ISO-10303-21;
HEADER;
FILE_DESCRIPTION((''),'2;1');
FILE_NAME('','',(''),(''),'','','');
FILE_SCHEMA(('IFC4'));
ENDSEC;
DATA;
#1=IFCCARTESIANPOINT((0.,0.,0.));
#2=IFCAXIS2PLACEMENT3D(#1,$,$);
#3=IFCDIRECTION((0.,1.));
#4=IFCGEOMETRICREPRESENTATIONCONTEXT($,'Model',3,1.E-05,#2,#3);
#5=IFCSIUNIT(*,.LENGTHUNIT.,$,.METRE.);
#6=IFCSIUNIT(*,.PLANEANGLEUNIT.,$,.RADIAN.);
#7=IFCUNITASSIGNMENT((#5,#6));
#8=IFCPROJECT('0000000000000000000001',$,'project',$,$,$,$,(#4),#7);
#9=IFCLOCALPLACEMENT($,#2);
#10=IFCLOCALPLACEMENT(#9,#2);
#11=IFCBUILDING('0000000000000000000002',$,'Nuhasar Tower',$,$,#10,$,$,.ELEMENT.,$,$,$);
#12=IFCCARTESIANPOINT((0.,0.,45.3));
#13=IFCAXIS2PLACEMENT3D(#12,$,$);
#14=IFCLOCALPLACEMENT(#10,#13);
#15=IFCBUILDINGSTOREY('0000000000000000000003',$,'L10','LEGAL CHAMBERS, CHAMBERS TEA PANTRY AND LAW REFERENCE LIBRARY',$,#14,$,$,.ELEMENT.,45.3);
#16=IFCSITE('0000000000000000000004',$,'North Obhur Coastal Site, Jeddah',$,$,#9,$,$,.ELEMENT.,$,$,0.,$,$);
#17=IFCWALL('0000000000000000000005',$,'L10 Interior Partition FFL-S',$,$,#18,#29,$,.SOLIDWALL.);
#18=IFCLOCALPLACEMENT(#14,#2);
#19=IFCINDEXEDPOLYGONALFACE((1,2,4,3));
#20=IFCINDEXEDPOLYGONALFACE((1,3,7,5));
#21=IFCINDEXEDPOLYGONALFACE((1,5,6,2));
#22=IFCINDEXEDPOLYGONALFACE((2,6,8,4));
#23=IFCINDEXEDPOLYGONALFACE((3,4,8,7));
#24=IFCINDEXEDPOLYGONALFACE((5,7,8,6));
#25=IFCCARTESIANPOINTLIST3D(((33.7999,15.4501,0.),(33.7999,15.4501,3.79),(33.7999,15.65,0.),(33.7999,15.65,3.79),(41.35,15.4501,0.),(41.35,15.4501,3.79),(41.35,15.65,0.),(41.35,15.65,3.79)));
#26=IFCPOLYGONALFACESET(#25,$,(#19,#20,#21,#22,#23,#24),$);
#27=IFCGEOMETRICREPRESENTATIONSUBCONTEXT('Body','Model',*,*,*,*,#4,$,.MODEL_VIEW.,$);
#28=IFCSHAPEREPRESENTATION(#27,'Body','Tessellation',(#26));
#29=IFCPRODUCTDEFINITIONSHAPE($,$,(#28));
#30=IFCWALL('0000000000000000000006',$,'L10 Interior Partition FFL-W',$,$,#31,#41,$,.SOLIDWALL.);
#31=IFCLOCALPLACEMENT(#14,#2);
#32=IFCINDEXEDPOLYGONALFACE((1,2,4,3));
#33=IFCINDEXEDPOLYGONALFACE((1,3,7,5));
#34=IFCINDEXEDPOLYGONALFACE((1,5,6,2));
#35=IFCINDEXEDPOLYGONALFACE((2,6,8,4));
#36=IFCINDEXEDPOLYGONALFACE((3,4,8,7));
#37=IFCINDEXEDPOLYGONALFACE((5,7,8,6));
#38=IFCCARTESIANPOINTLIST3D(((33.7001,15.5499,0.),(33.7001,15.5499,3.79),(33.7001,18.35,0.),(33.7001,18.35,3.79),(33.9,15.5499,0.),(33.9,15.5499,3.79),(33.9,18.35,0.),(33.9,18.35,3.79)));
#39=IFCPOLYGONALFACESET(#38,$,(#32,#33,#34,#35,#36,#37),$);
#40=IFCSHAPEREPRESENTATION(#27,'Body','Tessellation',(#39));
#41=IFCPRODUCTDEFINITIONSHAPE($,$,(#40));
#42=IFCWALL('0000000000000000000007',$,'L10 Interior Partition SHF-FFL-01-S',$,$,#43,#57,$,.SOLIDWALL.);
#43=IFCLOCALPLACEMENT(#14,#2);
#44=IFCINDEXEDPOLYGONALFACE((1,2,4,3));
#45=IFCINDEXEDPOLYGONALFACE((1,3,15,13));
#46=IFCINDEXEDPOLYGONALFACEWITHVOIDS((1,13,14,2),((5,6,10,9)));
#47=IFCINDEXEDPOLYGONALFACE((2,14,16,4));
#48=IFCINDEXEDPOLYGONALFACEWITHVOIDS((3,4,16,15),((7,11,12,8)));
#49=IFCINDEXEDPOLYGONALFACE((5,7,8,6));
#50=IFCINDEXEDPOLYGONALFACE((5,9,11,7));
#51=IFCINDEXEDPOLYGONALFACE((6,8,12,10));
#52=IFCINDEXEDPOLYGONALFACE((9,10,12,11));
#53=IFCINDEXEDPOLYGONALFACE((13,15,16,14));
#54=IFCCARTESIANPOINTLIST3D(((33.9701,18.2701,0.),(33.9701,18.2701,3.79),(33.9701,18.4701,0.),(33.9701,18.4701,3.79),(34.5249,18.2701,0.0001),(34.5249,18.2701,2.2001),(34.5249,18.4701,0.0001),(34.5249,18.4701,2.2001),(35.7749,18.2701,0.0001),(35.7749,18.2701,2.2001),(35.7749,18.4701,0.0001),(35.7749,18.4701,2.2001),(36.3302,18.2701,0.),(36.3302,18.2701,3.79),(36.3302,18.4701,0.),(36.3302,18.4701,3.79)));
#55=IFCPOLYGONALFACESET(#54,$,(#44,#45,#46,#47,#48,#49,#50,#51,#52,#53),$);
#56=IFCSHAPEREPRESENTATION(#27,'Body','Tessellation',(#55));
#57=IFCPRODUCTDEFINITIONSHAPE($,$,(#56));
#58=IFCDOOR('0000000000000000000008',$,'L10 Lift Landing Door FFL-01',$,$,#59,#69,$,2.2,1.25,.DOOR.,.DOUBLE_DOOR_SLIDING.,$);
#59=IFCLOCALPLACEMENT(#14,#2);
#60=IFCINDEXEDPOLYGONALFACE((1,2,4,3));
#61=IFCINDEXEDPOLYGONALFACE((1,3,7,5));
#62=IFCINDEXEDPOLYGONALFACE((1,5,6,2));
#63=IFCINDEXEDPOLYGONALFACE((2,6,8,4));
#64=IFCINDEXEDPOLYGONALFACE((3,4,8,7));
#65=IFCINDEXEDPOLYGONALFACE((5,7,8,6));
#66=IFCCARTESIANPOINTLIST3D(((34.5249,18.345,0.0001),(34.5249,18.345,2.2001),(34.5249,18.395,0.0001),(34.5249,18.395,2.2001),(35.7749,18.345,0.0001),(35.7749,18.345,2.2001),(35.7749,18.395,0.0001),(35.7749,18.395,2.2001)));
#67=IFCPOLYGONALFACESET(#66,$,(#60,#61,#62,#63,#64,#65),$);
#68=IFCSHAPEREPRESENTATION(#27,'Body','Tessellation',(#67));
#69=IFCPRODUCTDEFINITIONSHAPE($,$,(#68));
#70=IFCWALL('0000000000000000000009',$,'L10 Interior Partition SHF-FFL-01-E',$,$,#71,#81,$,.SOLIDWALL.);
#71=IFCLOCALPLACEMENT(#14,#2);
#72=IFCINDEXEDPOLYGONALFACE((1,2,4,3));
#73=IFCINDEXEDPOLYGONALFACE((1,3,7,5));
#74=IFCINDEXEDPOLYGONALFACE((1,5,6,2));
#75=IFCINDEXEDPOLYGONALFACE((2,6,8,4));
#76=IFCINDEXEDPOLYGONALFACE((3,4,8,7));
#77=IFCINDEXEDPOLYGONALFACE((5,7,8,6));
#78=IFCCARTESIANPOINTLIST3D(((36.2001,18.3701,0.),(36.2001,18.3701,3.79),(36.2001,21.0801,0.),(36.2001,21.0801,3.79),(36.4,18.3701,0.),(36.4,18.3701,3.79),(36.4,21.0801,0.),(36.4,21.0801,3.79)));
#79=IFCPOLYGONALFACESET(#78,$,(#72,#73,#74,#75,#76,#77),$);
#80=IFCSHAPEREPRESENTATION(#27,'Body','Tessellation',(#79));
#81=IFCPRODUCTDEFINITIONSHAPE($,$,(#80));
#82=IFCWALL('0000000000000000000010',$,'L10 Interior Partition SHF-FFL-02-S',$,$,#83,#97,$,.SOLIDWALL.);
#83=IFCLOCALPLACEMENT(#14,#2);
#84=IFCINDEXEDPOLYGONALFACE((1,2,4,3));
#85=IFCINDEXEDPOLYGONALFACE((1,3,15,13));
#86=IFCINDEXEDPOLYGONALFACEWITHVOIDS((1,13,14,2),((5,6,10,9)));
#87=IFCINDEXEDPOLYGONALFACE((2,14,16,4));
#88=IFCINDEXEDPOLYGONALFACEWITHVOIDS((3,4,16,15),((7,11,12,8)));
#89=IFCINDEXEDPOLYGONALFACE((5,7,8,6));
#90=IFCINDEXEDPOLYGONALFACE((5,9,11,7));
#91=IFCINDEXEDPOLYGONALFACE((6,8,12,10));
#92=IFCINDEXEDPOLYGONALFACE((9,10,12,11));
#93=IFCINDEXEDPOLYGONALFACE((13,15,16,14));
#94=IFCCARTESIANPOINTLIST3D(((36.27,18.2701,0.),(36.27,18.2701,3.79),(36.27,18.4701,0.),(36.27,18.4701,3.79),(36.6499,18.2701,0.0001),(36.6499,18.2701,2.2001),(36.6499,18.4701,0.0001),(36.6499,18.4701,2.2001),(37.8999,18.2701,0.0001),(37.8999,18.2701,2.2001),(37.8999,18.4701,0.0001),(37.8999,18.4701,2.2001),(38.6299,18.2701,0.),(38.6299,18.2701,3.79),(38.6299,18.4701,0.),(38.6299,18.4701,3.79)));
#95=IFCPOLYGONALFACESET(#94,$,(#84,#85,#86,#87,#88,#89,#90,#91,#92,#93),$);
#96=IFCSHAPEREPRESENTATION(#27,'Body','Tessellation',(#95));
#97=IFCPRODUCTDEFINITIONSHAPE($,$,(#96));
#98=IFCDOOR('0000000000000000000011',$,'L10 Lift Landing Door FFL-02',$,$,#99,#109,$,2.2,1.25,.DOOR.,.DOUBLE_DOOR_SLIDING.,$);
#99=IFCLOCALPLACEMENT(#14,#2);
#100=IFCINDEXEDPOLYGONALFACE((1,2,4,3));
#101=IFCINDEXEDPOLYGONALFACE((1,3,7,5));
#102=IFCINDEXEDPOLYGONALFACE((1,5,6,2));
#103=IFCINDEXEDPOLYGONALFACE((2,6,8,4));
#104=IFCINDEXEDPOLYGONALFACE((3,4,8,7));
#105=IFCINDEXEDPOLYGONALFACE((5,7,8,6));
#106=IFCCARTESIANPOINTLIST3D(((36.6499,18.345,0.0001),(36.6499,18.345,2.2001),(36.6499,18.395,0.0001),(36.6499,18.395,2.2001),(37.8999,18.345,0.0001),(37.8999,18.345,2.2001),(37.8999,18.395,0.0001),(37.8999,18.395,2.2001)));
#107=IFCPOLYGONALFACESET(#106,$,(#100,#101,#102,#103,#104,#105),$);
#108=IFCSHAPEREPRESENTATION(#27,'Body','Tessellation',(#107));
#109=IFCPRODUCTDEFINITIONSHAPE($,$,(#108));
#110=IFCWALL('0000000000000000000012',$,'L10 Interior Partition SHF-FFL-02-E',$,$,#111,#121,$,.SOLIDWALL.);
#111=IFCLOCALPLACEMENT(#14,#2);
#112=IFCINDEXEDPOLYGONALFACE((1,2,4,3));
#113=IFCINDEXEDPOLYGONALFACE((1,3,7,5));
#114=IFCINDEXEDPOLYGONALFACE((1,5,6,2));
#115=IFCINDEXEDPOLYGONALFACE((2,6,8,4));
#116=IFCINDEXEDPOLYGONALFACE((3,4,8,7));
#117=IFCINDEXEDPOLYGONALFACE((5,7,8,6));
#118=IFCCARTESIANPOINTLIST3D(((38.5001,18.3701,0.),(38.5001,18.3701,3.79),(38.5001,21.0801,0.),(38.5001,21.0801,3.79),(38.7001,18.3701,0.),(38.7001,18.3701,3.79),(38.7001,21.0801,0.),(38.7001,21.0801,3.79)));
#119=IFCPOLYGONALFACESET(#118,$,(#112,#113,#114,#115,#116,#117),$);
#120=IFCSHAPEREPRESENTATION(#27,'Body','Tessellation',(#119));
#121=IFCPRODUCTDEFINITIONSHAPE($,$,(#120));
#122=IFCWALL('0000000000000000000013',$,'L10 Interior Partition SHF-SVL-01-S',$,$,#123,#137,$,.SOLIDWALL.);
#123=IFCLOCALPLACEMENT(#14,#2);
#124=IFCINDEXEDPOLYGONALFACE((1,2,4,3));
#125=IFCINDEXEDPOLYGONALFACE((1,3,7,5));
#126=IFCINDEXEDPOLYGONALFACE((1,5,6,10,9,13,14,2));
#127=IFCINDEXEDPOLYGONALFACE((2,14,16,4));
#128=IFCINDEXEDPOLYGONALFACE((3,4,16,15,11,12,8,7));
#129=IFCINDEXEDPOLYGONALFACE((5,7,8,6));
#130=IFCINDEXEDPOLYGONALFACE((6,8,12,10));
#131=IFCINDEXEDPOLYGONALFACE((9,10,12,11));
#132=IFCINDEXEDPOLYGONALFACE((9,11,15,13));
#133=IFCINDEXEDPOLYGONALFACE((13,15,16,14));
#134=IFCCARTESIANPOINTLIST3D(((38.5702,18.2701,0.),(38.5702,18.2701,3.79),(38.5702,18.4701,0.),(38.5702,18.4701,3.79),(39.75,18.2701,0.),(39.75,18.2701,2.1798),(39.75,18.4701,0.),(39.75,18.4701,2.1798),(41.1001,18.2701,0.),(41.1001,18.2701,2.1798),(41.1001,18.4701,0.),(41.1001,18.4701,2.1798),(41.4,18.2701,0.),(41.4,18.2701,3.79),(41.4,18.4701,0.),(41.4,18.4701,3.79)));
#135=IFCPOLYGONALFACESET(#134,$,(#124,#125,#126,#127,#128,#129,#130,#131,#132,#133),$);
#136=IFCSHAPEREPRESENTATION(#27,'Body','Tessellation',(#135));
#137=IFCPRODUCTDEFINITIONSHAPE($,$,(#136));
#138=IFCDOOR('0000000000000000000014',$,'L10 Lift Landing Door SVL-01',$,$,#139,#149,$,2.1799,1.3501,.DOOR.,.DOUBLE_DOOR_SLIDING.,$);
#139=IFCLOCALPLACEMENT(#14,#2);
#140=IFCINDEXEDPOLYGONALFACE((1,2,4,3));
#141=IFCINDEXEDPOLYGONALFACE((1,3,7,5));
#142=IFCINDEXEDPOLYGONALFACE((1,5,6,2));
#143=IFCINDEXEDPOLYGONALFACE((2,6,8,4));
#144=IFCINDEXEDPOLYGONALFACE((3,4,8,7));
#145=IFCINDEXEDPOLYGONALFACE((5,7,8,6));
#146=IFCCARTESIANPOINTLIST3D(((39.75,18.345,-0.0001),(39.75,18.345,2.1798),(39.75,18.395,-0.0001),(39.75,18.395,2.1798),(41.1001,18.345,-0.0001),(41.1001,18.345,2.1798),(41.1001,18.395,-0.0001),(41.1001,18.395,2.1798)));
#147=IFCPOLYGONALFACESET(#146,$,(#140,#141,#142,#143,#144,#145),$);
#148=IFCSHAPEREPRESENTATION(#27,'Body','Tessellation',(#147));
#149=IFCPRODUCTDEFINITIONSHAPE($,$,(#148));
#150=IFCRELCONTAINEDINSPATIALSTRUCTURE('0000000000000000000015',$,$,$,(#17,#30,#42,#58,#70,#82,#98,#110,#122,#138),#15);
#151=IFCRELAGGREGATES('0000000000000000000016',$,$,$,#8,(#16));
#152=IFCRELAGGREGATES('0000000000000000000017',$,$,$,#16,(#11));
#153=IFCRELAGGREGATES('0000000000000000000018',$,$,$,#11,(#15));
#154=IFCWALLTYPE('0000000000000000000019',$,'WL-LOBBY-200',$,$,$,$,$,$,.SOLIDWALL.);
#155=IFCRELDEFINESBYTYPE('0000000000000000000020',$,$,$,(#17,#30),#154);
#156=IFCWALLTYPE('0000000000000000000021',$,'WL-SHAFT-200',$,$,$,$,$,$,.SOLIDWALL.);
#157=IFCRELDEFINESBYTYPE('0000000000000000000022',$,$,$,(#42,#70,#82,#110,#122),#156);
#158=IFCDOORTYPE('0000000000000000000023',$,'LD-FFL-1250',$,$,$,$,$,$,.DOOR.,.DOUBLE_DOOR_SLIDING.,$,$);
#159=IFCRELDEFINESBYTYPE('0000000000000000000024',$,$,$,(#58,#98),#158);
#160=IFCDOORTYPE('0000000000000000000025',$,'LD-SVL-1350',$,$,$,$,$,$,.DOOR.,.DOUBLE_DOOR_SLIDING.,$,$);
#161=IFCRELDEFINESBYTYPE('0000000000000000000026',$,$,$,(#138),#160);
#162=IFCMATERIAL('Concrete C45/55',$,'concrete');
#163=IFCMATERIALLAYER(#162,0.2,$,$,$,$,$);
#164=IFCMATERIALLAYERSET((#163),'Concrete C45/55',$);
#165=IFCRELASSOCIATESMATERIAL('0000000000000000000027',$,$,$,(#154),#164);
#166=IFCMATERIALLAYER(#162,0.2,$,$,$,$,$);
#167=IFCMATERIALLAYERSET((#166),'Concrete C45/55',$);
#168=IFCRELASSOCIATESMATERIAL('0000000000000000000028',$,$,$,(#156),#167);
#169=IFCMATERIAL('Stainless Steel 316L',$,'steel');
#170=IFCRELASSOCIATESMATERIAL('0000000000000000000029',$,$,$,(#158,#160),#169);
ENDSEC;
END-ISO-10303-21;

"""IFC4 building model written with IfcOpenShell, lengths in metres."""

from ifc_helpers import new_model, si_unit, direction, frame, frame_2d, origin, place, context, subcontext, project, spatial, rectangle, extrude, material, layer, layer_set, type_object, element, fill, save


model = new_model("IFC4")

# Units and contexts
model_context = context("Model", 3, precision=1e-05, world=origin(), true_north=direction((0.0, 1.0)))
body_context = subcontext(model_context, "Body", "Model", "MODEL_VIEW")
ifc_project = project(units=[si_unit("LENGTHUNIT", "METRE"), si_unit("PLANEANGLEUNIT", "RADIAN")], contexts=[model_context])

# Site, building, storey
site_placement = place(None, origin())
site = spatial("IfcSite", under=ifc_project, at=site_placement, Name="North Obhur Coastal Site, Jeddah", CompositionType="ELEMENT", RefElevation=0.0)
building_placement = place(site_placement, origin())
building = spatial("IfcBuilding", under=site, at=building_placement, Name="Nuhasar Tower", CompositionType="ELEMENT")
storey_placement = place(building_placement, frame((0.0, 0.0, 45.3)))
storey = spatial("IfcBuildingStorey", under=building, at=storey_placement, Name="L10", Description="LEGAL CHAMBERS, CHAMBERS TEA PANTRY AND LAW REFERENCE LIBRARY", CompositionType="ELEMENT", Elevation=45.3)

# Walls
ifc_material_1 = material(Name="Concrete C45/55", Category="concrete")
ifc_layer_1 = layer(ifc_material_1, 0.2)
ifc_layer_set_1 = layer_set([ifc_layer_1], Name="Concrete C45/55")
wall_type_1 = type_object("IfcWallType", Name="WL-LOBBY-200", PredefinedType="SOLIDWALL", material=ifc_layer_set_1)
wall_1_placement = place(storey_placement, frame((33.8, 15.55, 0.0), z_axis=(0.0, 0.0, 1.0), x_axis=(1.0, 0.0, 0.0)))
element("IfcWall", 1, at=wall_1_placement, inside=storey, type_object=wall_type_1, Name="L10 Interior Partition FFL-S", PredefinedType="SOLIDWALL", context=body_context, shape_type="SweptSolid", body=[
    extrude(rectangle(XDim=7.55, YDim=0.2, at=frame_2d((3.7749, 0.0))), origin(), (0.0, 0.0, 1.0), 3.79),
])
wall_2_placement = place(storey_placement, frame((33.8, 15.55, 0.0), z_axis=(0.0, 0.0, 1.0), x_axis=(0.0, 1.0, 0.0)))
element("IfcWall", 2, at=wall_2_placement, inside=storey, type_object=wall_type_1, Name="L10 Interior Partition FFL-W", PredefinedType="SOLIDWALL", context=body_context, shape_type="SweptSolid", body=[
    extrude(rectangle(XDim=2.8, YDim=0.2, at=frame_2d((1.3999, 0.0))), origin(), (0.0, 0.0, 1.0), 3.79),
])

# Wall, opening, door
ifc_layer_2 = layer(ifc_material_1, 0.2)
ifc_layer_set_2 = layer_set([ifc_layer_2], Name="Concrete C45/55")
wall_type_2 = type_object("IfcWallType", Name="WL-SHAFT-200", PredefinedType="SOLIDWALL", material=ifc_layer_set_2)
wall_3_placement = place(storey_placement, frame((33.97, 18.3701, 0.0), z_axis=(0.0, 0.0, 1.0), x_axis=(1.0, 0.0, 0.0)))
wall_3 = element("IfcWall", 3, at=wall_3_placement, inside=storey, type_object=wall_type_2, Name="L10 Interior Partition SHF-FFL-01-S", PredefinedType="SOLIDWALL", context=body_context, shape_type="SweptSolid", body=[
    extrude(rectangle(XDim=2.3601, YDim=0.2, at=frame_2d((1.1802, 0.0))), origin(), (0.0, 0.0, 1.0), 3.79),
])
opening_1_placement = place(wall_3_placement, frame((0.5549, 0.0, 0.0)))
opening_1 = element("IfcOpeningElement", 4, at=opening_1_placement, cuts=wall_3, PredefinedType="OPENING", context=body_context, shape_type="SweptSolid", body=[
    extrude(rectangle(XDim=1.25, YDim=2.2, at=frame_2d((0.625, 1.1001))), frame((0.0, 0.1099, 0.0), z_axis=(0.0, -1.0, 0.0), x_axis=(1.0, 0.0, 0.0)), (0.0, 0.0, 1.0), 0.22),
])
ifc_material_2 = material(Name="Stainless Steel 316L", Category="steel")
door_type_1 = type_object("IfcDoorType", Name="LD-FFL-1250", OperationType="DOUBLE_DOOR_SLIDING", PredefinedType="DOOR", material=ifc_material_2)
door_1_placement = place(opening_1_placement, origin())
door_1 = element("IfcDoor", 5, at=door_1_placement, inside=storey, type_object=door_type_1, Name="L10 Lift Landing Door FFL-01", OperationType="DOUBLE_DOOR_SLIDING", OverallHeight=2.2, OverallWidth=1.25, PredefinedType="DOOR", context=body_context, shape_type="SweptSolid", body=[
    extrude(rectangle(XDim=1.25, YDim=2.2, at=frame_2d((0.625, 1.1001))), frame((0.0, 0.0249, 0.0), z_axis=(0.0, -1.0, 0.0), x_axis=(1.0, 0.0, 0.0)), (0.0, 0.0, 1.0), 0.05),
])
fill(opening_1, door_1)

# Wall
wall_4_placement = place(storey_placement, frame((36.3, 18.3701, 0.0), z_axis=(0.0, 0.0, 1.0), x_axis=(0.0, 1.0, 0.0)))
element("IfcWall", 6, at=wall_4_placement, inside=storey, type_object=wall_type_2, Name="L10 Interior Partition SHF-FFL-01-E", PredefinedType="SOLIDWALL", context=body_context, shape_type="SweptSolid", body=[
    extrude(rectangle(XDim=2.71, YDim=0.2, at=frame_2d((1.355, 0.0))), origin(), (0.0, 0.0, 1.0), 3.79),
])

# Wall, opening, door
wall_5_placement = place(storey_placement, frame((36.27, 18.3701, 0.0), z_axis=(0.0, 0.0, 1.0), x_axis=(1.0, 0.0, 0.0)))
wall_5 = element("IfcWall", 7, at=wall_5_placement, inside=storey, type_object=wall_type_2, Name="L10 Interior Partition SHF-FFL-02-S", PredefinedType="SOLIDWALL", context=body_context, shape_type="SweptSolid", body=[
    extrude(rectangle(XDim=2.3599, YDim=0.2, at=frame_2d((1.1799, 0.0))), origin(), (0.0, 0.0, 1.0), 3.79),
])
opening_2_placement = place(wall_5_placement, frame((0.3799, 0.0, 0.0)))
opening_2 = element("IfcOpeningElement", 8, at=opening_2_placement, cuts=wall_5, PredefinedType="OPENING", context=body_context, shape_type="SweptSolid", body=[
    extrude(rectangle(XDim=1.25, YDim=2.2, at=frame_2d((0.625, 1.1001))), frame((0.0, 0.1099, 0.0), z_axis=(0.0, -1.0, 0.0), x_axis=(1.0, 0.0, 0.0)), (0.0, 0.0, 1.0), 0.22),
])
door_2_placement = place(opening_2_placement, origin())
door_2 = element("IfcDoor", 9, at=door_2_placement, inside=storey, type_object=door_type_1, Name="L10 Lift Landing Door FFL-02", OperationType="DOUBLE_DOOR_SLIDING", OverallHeight=2.2, OverallWidth=1.25, PredefinedType="DOOR", context=body_context, shape_type="SweptSolid", body=[
    extrude(rectangle(XDim=1.25, YDim=2.2, at=frame_2d((0.625, 1.1001))), frame((0.0, 0.0249, 0.0), z_axis=(0.0, -1.0, 0.0), x_axis=(1.0, 0.0, 0.0)), (0.0, 0.0, 1.0), 0.05),
])
fill(opening_2, door_2)

# Wall
wall_6_placement = place(storey_placement, frame((38.6001, 18.3701, 0.0), z_axis=(0.0, 0.0, 1.0), x_axis=(0.0, 1.0, 0.0)))
element("IfcWall", 10, at=wall_6_placement, inside=storey, type_object=wall_type_2, Name="L10 Interior Partition SHF-FFL-02-E", PredefinedType="SOLIDWALL", context=body_context, shape_type="SweptSolid", body=[
    extrude(rectangle(XDim=2.71, YDim=0.2, at=frame_2d((1.355, 0.0))), origin(), (0.0, 0.0, 1.0), 3.79),
])

# Wall, opening, door
wall_7_placement = place(storey_placement, frame((38.5701, 18.3701, 0.0), z_axis=(0.0, 0.0, 1.0), x_axis=(1.0, 0.0, 0.0)))
wall_7 = element("IfcWall", 11, at=wall_7_placement, inside=storey, type_object=wall_type_2, Name="L10 Interior Partition SHF-SVL-01-S", PredefinedType="SOLIDWALL", context=body_context, shape_type="SweptSolid", body=[
    extrude(rectangle(XDim=2.8298, YDim=0.2, at=frame_2d((1.415, 0.0))), origin(), (0.0, 0.0, 1.0), 3.79),
])
opening_3_placement = place(wall_7_placement, frame((1.1799, 0.0, 0.0)))
opening_3 = element("IfcOpeningElement", 12, at=opening_3_placement, cuts=wall_7, PredefinedType="OPENING", context=body_context, shape_type="SweptSolid", body=[
    extrude(rectangle(XDim=1.3501, YDim=2.1799, at=frame_2d((0.675, 1.0898))), frame((0.0, 0.1099, 0.0), z_axis=(0.0, -1.0, 0.0), x_axis=(1.0, 0.0, 0.0)), (0.0, 0.0, 1.0), 0.22),
])
door_type_2 = type_object("IfcDoorType", Name="LD-SVL-1350", OperationType="DOUBLE_DOOR_SLIDING", PredefinedType="DOOR", material=ifc_material_2)
door_3_placement = place(opening_3_placement, origin())
door_3 = element("IfcDoor", 13, at=door_3_placement, inside=storey, type_object=door_type_2, Name="L10 Lift Landing Door SVL-01", OperationType="DOUBLE_DOOR_SLIDING", OverallHeight=2.1799, OverallWidth=1.3501, PredefinedType="DOOR", context=body_context, shape_type="SweptSolid", body=[
    extrude(rectangle(XDim=1.3501, YDim=2.1799, at=frame_2d((0.675, 1.0898))), frame((0.0, 0.0249, 0.0), z_axis=(0.0, -1.0, 0.0), x_axis=(1.0, 0.0, 0.0)), (0.0, 0.0, 1.0), 0.05),
])
fill(opening_3, door_3)

save(model, "model.ifc")
